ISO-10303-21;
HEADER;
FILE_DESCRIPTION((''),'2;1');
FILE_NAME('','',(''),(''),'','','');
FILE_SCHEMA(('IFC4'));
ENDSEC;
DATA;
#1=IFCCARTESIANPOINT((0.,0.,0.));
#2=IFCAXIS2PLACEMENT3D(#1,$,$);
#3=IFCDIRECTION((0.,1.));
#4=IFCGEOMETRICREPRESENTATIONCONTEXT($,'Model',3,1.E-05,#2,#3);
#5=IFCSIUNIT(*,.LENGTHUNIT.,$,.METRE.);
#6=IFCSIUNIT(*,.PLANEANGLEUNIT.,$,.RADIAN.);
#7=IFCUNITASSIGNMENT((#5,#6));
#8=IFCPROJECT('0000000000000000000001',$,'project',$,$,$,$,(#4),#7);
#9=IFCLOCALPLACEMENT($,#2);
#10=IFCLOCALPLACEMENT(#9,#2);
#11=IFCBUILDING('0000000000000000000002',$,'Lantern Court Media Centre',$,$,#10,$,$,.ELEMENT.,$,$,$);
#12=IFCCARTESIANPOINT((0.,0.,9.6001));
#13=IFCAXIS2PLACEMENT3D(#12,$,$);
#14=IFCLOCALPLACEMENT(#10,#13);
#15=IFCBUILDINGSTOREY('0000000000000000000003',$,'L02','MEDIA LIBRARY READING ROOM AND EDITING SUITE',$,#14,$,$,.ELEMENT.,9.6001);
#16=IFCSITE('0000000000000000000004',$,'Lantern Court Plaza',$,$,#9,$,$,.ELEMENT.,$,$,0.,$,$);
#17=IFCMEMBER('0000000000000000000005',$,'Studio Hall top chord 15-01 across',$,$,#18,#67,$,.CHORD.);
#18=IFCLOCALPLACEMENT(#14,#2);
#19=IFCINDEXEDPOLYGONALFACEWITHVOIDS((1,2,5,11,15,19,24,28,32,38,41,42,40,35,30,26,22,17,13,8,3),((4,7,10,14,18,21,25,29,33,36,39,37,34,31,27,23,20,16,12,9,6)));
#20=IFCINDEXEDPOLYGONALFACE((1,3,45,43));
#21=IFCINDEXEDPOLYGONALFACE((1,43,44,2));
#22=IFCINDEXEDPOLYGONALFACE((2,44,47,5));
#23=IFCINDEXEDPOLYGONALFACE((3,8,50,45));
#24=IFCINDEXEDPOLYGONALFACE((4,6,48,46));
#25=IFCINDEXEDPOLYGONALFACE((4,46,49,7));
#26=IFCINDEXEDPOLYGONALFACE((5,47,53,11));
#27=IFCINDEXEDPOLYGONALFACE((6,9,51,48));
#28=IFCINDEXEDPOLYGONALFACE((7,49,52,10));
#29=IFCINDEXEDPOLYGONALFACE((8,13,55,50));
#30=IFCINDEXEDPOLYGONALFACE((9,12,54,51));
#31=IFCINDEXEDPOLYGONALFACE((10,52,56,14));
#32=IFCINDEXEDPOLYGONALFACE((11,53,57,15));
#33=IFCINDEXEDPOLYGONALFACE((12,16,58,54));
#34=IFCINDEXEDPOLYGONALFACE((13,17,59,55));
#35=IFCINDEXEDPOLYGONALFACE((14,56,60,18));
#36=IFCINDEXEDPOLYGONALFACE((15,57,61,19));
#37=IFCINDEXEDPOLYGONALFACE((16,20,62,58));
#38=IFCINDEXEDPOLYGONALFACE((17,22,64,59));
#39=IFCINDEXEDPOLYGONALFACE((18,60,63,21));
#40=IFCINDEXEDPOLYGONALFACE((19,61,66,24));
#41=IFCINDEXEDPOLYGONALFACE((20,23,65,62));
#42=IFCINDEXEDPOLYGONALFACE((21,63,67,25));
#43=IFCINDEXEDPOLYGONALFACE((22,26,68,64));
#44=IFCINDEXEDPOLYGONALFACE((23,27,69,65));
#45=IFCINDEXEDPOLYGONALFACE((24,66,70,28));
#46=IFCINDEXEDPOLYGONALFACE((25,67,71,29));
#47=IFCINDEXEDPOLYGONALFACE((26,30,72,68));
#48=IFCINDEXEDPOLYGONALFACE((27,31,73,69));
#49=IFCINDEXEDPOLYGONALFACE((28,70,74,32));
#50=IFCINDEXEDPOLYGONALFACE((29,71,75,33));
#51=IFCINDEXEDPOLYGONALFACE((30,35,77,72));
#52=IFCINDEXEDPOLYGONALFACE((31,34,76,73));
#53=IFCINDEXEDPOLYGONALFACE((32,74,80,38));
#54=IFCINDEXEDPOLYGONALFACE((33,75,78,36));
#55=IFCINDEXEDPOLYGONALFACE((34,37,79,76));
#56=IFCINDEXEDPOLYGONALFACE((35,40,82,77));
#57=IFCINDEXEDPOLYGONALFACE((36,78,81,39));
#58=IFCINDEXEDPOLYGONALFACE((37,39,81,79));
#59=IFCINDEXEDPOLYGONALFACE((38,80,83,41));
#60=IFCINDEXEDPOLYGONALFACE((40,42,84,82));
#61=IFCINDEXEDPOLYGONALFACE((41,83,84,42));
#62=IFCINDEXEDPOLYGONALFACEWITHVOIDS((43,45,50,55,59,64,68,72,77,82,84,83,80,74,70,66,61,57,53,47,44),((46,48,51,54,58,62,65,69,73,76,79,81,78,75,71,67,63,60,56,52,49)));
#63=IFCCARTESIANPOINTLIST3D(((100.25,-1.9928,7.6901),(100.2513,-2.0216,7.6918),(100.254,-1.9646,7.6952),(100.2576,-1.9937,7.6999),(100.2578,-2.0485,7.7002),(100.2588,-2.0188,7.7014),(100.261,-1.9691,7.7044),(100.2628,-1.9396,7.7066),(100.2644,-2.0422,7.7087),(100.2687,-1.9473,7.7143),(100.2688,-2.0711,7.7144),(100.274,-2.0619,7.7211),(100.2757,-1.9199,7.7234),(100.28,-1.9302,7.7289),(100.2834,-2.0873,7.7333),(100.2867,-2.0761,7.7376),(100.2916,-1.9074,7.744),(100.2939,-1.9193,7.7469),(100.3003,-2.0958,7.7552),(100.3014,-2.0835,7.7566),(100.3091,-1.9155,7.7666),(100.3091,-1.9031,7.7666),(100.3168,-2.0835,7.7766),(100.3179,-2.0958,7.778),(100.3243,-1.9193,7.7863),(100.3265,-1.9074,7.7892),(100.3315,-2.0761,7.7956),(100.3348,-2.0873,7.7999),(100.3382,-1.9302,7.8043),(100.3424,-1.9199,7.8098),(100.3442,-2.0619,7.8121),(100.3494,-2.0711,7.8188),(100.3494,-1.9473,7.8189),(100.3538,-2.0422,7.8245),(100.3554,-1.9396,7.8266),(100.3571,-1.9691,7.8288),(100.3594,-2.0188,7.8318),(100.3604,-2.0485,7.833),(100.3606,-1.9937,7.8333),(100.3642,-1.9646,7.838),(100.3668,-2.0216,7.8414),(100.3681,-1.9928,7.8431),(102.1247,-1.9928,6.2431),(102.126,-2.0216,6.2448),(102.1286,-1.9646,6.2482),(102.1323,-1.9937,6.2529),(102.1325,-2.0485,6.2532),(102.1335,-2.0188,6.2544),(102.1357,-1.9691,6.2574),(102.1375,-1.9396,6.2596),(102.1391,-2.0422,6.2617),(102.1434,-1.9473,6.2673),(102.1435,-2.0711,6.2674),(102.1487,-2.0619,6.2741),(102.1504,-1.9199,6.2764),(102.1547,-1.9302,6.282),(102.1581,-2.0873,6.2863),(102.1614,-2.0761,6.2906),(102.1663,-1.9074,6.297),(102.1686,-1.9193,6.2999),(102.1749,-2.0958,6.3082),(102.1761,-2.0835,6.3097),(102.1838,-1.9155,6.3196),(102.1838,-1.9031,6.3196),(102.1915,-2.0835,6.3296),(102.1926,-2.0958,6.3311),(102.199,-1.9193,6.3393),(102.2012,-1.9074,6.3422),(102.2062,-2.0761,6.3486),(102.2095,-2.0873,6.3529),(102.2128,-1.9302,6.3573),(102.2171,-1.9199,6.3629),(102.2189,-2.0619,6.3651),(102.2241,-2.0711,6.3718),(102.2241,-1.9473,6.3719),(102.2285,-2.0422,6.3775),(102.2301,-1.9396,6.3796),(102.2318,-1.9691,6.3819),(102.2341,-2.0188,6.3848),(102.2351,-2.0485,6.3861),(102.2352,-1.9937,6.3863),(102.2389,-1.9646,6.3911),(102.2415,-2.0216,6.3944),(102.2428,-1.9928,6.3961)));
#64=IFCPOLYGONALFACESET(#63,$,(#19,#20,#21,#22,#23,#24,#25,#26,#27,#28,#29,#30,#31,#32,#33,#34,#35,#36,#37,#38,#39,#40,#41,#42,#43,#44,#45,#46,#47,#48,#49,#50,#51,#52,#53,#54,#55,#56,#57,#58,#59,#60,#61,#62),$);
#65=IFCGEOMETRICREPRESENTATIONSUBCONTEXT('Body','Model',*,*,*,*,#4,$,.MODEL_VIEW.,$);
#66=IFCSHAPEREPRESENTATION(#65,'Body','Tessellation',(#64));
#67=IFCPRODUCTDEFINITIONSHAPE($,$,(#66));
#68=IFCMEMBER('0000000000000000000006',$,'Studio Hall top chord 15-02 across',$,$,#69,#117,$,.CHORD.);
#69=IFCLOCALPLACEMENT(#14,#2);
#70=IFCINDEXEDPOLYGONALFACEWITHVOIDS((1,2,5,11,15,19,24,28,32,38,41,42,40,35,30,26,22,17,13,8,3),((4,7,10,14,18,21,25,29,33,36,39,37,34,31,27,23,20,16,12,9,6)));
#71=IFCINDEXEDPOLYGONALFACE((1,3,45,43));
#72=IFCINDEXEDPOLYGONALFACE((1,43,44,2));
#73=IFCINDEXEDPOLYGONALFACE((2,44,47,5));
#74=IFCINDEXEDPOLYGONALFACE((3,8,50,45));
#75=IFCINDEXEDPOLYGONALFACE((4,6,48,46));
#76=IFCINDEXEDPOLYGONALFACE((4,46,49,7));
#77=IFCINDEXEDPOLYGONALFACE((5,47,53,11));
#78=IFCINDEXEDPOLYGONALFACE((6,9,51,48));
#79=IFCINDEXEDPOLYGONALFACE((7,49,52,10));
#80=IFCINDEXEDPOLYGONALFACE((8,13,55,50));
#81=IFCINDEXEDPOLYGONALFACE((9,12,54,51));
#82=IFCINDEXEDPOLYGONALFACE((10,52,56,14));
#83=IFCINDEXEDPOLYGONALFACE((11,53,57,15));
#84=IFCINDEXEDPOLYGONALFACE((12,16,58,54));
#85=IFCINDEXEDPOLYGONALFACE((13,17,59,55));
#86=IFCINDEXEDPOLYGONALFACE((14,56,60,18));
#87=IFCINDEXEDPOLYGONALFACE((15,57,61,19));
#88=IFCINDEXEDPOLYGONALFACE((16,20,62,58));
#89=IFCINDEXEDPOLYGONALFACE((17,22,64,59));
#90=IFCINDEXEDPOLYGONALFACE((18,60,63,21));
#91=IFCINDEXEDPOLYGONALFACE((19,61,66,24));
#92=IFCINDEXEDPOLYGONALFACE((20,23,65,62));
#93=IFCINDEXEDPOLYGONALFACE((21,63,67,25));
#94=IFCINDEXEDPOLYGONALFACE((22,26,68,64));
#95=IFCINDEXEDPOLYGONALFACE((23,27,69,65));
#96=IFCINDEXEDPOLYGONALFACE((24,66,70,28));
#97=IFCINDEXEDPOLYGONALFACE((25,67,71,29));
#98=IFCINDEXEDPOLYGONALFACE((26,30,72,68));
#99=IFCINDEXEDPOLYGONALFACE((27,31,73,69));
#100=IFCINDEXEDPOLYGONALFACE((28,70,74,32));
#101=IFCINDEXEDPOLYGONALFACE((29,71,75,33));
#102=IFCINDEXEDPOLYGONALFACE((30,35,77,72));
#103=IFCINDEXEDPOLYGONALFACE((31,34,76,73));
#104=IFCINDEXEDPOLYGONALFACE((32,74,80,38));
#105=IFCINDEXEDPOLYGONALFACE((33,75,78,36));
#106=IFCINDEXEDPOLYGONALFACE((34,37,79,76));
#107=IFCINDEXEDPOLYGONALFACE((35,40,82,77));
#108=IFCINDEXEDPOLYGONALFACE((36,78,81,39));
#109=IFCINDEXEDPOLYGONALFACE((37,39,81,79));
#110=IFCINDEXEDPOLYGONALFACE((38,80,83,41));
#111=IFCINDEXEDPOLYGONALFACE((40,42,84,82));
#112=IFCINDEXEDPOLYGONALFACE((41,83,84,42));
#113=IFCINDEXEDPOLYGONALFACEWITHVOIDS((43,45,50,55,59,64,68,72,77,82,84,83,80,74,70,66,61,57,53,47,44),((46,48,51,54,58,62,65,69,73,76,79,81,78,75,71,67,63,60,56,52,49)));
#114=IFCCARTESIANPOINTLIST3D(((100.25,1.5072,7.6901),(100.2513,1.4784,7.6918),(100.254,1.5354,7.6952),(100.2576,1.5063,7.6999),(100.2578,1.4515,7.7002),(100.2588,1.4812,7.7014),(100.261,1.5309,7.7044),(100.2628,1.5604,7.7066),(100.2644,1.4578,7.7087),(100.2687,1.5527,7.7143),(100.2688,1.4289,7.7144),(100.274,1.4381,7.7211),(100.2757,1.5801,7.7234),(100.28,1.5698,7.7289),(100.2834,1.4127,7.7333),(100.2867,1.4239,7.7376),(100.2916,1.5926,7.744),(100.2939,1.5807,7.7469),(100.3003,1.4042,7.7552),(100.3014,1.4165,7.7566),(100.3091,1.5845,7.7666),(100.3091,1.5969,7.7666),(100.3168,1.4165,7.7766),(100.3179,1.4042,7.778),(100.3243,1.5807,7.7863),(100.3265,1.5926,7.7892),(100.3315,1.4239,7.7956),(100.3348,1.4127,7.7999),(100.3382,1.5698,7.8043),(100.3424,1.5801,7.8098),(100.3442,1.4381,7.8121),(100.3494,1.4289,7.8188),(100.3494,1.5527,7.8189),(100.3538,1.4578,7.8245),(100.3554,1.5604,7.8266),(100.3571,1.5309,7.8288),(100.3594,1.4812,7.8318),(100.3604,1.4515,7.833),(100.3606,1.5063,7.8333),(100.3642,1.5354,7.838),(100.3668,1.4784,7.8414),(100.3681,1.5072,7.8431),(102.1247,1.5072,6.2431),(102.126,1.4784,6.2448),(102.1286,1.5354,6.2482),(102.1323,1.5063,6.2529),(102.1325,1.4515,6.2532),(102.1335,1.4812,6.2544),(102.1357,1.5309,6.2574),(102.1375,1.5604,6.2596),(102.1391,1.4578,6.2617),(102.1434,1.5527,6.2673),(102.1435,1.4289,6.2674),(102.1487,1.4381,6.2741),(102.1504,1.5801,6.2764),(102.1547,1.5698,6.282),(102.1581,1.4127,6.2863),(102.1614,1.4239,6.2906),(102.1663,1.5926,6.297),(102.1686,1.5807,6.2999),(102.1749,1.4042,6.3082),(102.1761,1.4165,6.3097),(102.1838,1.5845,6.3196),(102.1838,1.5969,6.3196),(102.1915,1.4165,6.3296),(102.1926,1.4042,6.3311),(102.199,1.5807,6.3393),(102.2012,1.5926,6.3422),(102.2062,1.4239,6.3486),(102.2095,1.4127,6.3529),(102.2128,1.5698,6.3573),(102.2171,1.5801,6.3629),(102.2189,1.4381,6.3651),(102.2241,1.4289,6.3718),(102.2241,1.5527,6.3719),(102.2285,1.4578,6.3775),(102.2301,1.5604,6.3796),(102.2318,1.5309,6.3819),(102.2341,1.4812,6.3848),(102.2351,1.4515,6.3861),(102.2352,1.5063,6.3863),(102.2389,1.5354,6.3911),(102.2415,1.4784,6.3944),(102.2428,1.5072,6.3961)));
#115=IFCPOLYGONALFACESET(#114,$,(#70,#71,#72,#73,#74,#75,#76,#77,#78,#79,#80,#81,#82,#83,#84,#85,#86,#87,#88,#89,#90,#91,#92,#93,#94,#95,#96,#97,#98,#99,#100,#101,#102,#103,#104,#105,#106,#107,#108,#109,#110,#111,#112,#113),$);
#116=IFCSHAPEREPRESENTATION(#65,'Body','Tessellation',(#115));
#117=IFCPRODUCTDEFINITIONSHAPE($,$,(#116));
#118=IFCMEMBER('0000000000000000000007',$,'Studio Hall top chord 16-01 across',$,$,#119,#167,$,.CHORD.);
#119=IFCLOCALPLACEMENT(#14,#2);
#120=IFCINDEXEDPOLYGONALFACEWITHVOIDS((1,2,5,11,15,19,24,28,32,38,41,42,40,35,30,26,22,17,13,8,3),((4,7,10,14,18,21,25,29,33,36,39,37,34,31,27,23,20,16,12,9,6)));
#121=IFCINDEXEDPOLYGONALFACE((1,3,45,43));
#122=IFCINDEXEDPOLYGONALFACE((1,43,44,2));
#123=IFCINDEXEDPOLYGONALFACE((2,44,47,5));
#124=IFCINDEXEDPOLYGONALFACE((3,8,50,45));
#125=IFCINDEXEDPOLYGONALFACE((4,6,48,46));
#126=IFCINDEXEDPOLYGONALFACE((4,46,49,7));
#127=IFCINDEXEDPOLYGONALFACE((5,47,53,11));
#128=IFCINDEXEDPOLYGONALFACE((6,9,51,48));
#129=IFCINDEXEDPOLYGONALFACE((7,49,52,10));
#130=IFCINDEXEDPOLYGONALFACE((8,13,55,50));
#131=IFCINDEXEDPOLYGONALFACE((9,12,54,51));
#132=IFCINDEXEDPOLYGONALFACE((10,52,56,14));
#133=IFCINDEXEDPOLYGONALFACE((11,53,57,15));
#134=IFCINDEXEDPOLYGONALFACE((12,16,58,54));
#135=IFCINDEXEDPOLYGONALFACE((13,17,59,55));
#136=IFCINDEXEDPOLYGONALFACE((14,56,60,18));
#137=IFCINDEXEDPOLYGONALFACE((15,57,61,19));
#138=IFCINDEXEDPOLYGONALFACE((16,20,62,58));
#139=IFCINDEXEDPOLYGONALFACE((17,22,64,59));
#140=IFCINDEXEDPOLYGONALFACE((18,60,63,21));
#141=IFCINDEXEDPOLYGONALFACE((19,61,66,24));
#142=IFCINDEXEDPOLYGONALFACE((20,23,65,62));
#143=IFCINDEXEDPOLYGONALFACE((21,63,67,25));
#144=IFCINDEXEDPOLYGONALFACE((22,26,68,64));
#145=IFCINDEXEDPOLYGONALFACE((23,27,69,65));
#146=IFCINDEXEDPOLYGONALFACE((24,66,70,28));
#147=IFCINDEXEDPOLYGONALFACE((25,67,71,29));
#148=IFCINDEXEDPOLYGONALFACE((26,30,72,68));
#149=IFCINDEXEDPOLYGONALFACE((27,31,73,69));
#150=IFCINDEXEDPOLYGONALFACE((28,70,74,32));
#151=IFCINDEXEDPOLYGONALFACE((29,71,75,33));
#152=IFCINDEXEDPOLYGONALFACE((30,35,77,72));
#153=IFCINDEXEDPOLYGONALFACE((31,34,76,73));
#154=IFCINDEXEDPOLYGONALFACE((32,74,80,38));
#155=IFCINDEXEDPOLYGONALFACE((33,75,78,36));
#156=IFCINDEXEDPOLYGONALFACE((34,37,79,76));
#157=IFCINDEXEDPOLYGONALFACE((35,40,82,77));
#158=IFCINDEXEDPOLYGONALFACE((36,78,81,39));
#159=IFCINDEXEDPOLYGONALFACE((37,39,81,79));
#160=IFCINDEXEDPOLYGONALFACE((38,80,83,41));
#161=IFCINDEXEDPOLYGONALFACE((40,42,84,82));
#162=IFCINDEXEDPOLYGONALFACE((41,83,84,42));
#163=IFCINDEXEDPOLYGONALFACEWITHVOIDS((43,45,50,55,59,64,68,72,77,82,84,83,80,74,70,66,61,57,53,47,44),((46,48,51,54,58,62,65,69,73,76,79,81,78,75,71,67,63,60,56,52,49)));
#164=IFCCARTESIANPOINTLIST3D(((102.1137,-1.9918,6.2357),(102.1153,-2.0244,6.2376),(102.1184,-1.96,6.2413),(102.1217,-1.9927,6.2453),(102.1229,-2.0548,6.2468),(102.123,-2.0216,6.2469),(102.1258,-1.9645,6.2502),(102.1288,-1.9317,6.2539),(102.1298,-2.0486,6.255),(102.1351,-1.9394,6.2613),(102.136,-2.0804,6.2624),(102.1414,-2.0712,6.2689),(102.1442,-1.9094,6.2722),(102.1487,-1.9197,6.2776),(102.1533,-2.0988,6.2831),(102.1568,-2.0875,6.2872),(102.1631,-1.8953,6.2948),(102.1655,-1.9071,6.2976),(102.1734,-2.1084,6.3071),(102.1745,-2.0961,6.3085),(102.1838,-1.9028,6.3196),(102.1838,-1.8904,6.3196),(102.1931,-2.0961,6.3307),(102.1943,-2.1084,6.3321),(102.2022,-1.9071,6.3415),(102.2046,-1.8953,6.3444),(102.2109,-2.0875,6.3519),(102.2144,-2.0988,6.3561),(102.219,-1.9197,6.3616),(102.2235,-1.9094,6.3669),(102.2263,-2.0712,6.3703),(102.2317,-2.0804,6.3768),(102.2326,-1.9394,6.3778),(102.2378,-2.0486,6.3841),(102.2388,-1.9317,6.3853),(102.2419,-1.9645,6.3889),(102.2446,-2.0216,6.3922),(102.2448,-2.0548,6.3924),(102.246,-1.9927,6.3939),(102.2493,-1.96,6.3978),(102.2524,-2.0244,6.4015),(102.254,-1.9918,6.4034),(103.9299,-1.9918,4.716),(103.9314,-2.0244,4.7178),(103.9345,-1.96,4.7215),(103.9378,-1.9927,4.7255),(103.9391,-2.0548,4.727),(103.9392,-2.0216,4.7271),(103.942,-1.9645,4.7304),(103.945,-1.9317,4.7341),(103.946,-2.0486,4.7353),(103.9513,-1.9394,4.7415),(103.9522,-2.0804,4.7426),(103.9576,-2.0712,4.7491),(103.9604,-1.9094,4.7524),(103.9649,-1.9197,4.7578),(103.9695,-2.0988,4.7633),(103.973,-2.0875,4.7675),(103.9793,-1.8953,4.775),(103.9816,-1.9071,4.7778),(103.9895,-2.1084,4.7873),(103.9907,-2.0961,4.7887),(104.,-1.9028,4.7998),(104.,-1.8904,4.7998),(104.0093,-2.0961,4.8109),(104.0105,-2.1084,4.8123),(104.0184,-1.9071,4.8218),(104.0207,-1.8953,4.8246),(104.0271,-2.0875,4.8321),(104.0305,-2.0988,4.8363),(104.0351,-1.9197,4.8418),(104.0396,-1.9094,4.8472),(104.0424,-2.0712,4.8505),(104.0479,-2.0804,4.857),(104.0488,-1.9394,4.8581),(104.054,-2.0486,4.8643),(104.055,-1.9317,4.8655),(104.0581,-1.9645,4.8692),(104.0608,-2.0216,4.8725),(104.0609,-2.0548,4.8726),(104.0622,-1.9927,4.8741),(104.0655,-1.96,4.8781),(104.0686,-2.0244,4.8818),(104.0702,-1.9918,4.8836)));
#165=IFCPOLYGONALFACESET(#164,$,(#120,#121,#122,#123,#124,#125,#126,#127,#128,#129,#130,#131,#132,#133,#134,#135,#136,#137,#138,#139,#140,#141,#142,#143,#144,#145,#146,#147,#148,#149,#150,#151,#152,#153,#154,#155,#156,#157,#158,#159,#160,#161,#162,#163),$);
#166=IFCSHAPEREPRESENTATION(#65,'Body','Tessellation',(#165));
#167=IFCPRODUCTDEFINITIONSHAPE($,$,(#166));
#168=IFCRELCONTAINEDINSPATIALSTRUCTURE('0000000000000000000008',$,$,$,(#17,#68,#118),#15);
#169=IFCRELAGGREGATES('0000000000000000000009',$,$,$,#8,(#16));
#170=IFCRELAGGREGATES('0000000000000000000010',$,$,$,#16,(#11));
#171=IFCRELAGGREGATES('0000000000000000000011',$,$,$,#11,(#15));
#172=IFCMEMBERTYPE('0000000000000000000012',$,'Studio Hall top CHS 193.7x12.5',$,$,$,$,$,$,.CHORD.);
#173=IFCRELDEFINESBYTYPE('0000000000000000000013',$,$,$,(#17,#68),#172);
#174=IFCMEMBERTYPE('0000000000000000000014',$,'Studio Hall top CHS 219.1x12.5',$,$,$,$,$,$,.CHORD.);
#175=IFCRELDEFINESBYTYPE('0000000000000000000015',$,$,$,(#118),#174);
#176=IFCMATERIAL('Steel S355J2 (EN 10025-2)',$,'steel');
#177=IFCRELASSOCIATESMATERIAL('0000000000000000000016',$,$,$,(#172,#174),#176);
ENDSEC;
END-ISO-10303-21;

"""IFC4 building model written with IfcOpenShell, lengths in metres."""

from ifc_helpers import new_model, si_unit, direction, frame, origin, origin_2d, place, context, subcontext, project, spatial, hollow_circle, extrude, material, material_profile, profile_set, type_object, element, save


model = new_model("IFC4")

# Units and contexts
model_context = context("Model", 3, precision=1e-05, world=origin(), true_north=direction((0.0, 1.0)))
body_context = subcontext(model_context, "Body", "Model", "MODEL_VIEW")
ifc_project = project(units=[si_unit("LENGTHUNIT", "METRE"), si_unit("PLANEANGLEUNIT", "RADIAN")], contexts=[model_context])

# Site, building, storey
site_placement = place(None, origin())
site = spatial("IfcSite", under=ifc_project, at=site_placement, Name="Lantern Court Plaza", CompositionType="ELEMENT", RefElevation=0.0)
building_placement = place(site_placement, origin())
building = spatial("IfcBuilding", under=site, at=building_placement, Name="Lantern Court Media Centre", CompositionType="ELEMENT")
storey_placement = place(building_placement, frame((0.0, 0.0, 9.6001)))
storey = spatial("IfcBuildingStorey", under=building, at=storey_placement, Name="L02", Description="MEDIA LIBRARY READING ROOM AND EDITING SUITE", CompositionType="ELEMENT", Elevation=9.6001)

# Members
ifc_material = material(Name="Steel S355J2 (EN 10025-2)", Category="steel")
ifc_material_profile_1 = material_profile(ifc_material, hollow_circle(Radius=0.0969, WallThickness=0.0125, at=origin_2d()), Name="Studio Hall top CHS 193.7x12.5")
ifc_profile_set_1 = profile_set([ifc_material_profile_1], Name="Steel S355J2 (EN 10025-2)")
member_type_1 = type_object("IfcMemberType", Name="Studio Hall top CHS 193.7x12.5", PredefinedType="CHORD", material=ifc_profile_set_1)
for number, where, z_axis, x_axis, name in (
    (1, (100.3091, -2.0, 7.7666), (0.791623, 0.0, -0.61101), (0.0, 1.0, 0.0), "Studio Hall top chord 15-01 across"),
    (2, (100.3091, 1.5, 7.7666), (0.791623, 0.0, -0.61101), (0.0, 1.0, 0.0), "Studio Hall top chord 15-02 across"),
):
    element("IfcMember", number, at=place(storey_placement, frame(where, z_axis=z_axis, x_axis=x_axis)), inside=storey, type_object=member_type_1, Name=name, PredefinedType="CHORD", context=body_context, shape_type="SweptSolid", body=[
        extrude(hollow_circle(Radius=0.0969, WallThickness=0.0125, at=origin_2d()), origin(), (0.0, 0.0, 1.0), 2.3682),
    ])
ifc_material_profile_2 = material_profile(ifc_material, hollow_circle(Radius=0.1096, WallThickness=0.0125, at=origin_2d()), Name="Studio Hall top CHS 219.1x12.5")
ifc_profile_set_2 = profile_set([ifc_material_profile_2], Name="Steel S355J2 (EN 10025-2)")
member_type_2 = type_object("IfcMemberType", Name="Studio Hall top CHS 219.1x12.5", PredefinedType="CHORD", material=ifc_profile_set_2)
for number, where, z_axis, x_axis, name in (
    (3, (102.1838, -2.0, 6.3196), (0.76691, 0.0, -0.641755), (0.0, 1.0, 0.0), "Studio Hall top chord 16-01 across"),
):
    element("IfcMember", number, at=place(storey_placement, frame(where, z_axis=z_axis, x_axis=x_axis)), inside=storey, type_object=member_type_2, Name=name, PredefinedType="CHORD", context=body_context, shape_type="SweptSolid", body=[
        extrude(hollow_circle(Radius=0.1096, WallThickness=0.0125, at=origin_2d()), origin(), (0.0, 0.0, 1.0), 2.3682),
    ])

save(model, "model.ifc")
